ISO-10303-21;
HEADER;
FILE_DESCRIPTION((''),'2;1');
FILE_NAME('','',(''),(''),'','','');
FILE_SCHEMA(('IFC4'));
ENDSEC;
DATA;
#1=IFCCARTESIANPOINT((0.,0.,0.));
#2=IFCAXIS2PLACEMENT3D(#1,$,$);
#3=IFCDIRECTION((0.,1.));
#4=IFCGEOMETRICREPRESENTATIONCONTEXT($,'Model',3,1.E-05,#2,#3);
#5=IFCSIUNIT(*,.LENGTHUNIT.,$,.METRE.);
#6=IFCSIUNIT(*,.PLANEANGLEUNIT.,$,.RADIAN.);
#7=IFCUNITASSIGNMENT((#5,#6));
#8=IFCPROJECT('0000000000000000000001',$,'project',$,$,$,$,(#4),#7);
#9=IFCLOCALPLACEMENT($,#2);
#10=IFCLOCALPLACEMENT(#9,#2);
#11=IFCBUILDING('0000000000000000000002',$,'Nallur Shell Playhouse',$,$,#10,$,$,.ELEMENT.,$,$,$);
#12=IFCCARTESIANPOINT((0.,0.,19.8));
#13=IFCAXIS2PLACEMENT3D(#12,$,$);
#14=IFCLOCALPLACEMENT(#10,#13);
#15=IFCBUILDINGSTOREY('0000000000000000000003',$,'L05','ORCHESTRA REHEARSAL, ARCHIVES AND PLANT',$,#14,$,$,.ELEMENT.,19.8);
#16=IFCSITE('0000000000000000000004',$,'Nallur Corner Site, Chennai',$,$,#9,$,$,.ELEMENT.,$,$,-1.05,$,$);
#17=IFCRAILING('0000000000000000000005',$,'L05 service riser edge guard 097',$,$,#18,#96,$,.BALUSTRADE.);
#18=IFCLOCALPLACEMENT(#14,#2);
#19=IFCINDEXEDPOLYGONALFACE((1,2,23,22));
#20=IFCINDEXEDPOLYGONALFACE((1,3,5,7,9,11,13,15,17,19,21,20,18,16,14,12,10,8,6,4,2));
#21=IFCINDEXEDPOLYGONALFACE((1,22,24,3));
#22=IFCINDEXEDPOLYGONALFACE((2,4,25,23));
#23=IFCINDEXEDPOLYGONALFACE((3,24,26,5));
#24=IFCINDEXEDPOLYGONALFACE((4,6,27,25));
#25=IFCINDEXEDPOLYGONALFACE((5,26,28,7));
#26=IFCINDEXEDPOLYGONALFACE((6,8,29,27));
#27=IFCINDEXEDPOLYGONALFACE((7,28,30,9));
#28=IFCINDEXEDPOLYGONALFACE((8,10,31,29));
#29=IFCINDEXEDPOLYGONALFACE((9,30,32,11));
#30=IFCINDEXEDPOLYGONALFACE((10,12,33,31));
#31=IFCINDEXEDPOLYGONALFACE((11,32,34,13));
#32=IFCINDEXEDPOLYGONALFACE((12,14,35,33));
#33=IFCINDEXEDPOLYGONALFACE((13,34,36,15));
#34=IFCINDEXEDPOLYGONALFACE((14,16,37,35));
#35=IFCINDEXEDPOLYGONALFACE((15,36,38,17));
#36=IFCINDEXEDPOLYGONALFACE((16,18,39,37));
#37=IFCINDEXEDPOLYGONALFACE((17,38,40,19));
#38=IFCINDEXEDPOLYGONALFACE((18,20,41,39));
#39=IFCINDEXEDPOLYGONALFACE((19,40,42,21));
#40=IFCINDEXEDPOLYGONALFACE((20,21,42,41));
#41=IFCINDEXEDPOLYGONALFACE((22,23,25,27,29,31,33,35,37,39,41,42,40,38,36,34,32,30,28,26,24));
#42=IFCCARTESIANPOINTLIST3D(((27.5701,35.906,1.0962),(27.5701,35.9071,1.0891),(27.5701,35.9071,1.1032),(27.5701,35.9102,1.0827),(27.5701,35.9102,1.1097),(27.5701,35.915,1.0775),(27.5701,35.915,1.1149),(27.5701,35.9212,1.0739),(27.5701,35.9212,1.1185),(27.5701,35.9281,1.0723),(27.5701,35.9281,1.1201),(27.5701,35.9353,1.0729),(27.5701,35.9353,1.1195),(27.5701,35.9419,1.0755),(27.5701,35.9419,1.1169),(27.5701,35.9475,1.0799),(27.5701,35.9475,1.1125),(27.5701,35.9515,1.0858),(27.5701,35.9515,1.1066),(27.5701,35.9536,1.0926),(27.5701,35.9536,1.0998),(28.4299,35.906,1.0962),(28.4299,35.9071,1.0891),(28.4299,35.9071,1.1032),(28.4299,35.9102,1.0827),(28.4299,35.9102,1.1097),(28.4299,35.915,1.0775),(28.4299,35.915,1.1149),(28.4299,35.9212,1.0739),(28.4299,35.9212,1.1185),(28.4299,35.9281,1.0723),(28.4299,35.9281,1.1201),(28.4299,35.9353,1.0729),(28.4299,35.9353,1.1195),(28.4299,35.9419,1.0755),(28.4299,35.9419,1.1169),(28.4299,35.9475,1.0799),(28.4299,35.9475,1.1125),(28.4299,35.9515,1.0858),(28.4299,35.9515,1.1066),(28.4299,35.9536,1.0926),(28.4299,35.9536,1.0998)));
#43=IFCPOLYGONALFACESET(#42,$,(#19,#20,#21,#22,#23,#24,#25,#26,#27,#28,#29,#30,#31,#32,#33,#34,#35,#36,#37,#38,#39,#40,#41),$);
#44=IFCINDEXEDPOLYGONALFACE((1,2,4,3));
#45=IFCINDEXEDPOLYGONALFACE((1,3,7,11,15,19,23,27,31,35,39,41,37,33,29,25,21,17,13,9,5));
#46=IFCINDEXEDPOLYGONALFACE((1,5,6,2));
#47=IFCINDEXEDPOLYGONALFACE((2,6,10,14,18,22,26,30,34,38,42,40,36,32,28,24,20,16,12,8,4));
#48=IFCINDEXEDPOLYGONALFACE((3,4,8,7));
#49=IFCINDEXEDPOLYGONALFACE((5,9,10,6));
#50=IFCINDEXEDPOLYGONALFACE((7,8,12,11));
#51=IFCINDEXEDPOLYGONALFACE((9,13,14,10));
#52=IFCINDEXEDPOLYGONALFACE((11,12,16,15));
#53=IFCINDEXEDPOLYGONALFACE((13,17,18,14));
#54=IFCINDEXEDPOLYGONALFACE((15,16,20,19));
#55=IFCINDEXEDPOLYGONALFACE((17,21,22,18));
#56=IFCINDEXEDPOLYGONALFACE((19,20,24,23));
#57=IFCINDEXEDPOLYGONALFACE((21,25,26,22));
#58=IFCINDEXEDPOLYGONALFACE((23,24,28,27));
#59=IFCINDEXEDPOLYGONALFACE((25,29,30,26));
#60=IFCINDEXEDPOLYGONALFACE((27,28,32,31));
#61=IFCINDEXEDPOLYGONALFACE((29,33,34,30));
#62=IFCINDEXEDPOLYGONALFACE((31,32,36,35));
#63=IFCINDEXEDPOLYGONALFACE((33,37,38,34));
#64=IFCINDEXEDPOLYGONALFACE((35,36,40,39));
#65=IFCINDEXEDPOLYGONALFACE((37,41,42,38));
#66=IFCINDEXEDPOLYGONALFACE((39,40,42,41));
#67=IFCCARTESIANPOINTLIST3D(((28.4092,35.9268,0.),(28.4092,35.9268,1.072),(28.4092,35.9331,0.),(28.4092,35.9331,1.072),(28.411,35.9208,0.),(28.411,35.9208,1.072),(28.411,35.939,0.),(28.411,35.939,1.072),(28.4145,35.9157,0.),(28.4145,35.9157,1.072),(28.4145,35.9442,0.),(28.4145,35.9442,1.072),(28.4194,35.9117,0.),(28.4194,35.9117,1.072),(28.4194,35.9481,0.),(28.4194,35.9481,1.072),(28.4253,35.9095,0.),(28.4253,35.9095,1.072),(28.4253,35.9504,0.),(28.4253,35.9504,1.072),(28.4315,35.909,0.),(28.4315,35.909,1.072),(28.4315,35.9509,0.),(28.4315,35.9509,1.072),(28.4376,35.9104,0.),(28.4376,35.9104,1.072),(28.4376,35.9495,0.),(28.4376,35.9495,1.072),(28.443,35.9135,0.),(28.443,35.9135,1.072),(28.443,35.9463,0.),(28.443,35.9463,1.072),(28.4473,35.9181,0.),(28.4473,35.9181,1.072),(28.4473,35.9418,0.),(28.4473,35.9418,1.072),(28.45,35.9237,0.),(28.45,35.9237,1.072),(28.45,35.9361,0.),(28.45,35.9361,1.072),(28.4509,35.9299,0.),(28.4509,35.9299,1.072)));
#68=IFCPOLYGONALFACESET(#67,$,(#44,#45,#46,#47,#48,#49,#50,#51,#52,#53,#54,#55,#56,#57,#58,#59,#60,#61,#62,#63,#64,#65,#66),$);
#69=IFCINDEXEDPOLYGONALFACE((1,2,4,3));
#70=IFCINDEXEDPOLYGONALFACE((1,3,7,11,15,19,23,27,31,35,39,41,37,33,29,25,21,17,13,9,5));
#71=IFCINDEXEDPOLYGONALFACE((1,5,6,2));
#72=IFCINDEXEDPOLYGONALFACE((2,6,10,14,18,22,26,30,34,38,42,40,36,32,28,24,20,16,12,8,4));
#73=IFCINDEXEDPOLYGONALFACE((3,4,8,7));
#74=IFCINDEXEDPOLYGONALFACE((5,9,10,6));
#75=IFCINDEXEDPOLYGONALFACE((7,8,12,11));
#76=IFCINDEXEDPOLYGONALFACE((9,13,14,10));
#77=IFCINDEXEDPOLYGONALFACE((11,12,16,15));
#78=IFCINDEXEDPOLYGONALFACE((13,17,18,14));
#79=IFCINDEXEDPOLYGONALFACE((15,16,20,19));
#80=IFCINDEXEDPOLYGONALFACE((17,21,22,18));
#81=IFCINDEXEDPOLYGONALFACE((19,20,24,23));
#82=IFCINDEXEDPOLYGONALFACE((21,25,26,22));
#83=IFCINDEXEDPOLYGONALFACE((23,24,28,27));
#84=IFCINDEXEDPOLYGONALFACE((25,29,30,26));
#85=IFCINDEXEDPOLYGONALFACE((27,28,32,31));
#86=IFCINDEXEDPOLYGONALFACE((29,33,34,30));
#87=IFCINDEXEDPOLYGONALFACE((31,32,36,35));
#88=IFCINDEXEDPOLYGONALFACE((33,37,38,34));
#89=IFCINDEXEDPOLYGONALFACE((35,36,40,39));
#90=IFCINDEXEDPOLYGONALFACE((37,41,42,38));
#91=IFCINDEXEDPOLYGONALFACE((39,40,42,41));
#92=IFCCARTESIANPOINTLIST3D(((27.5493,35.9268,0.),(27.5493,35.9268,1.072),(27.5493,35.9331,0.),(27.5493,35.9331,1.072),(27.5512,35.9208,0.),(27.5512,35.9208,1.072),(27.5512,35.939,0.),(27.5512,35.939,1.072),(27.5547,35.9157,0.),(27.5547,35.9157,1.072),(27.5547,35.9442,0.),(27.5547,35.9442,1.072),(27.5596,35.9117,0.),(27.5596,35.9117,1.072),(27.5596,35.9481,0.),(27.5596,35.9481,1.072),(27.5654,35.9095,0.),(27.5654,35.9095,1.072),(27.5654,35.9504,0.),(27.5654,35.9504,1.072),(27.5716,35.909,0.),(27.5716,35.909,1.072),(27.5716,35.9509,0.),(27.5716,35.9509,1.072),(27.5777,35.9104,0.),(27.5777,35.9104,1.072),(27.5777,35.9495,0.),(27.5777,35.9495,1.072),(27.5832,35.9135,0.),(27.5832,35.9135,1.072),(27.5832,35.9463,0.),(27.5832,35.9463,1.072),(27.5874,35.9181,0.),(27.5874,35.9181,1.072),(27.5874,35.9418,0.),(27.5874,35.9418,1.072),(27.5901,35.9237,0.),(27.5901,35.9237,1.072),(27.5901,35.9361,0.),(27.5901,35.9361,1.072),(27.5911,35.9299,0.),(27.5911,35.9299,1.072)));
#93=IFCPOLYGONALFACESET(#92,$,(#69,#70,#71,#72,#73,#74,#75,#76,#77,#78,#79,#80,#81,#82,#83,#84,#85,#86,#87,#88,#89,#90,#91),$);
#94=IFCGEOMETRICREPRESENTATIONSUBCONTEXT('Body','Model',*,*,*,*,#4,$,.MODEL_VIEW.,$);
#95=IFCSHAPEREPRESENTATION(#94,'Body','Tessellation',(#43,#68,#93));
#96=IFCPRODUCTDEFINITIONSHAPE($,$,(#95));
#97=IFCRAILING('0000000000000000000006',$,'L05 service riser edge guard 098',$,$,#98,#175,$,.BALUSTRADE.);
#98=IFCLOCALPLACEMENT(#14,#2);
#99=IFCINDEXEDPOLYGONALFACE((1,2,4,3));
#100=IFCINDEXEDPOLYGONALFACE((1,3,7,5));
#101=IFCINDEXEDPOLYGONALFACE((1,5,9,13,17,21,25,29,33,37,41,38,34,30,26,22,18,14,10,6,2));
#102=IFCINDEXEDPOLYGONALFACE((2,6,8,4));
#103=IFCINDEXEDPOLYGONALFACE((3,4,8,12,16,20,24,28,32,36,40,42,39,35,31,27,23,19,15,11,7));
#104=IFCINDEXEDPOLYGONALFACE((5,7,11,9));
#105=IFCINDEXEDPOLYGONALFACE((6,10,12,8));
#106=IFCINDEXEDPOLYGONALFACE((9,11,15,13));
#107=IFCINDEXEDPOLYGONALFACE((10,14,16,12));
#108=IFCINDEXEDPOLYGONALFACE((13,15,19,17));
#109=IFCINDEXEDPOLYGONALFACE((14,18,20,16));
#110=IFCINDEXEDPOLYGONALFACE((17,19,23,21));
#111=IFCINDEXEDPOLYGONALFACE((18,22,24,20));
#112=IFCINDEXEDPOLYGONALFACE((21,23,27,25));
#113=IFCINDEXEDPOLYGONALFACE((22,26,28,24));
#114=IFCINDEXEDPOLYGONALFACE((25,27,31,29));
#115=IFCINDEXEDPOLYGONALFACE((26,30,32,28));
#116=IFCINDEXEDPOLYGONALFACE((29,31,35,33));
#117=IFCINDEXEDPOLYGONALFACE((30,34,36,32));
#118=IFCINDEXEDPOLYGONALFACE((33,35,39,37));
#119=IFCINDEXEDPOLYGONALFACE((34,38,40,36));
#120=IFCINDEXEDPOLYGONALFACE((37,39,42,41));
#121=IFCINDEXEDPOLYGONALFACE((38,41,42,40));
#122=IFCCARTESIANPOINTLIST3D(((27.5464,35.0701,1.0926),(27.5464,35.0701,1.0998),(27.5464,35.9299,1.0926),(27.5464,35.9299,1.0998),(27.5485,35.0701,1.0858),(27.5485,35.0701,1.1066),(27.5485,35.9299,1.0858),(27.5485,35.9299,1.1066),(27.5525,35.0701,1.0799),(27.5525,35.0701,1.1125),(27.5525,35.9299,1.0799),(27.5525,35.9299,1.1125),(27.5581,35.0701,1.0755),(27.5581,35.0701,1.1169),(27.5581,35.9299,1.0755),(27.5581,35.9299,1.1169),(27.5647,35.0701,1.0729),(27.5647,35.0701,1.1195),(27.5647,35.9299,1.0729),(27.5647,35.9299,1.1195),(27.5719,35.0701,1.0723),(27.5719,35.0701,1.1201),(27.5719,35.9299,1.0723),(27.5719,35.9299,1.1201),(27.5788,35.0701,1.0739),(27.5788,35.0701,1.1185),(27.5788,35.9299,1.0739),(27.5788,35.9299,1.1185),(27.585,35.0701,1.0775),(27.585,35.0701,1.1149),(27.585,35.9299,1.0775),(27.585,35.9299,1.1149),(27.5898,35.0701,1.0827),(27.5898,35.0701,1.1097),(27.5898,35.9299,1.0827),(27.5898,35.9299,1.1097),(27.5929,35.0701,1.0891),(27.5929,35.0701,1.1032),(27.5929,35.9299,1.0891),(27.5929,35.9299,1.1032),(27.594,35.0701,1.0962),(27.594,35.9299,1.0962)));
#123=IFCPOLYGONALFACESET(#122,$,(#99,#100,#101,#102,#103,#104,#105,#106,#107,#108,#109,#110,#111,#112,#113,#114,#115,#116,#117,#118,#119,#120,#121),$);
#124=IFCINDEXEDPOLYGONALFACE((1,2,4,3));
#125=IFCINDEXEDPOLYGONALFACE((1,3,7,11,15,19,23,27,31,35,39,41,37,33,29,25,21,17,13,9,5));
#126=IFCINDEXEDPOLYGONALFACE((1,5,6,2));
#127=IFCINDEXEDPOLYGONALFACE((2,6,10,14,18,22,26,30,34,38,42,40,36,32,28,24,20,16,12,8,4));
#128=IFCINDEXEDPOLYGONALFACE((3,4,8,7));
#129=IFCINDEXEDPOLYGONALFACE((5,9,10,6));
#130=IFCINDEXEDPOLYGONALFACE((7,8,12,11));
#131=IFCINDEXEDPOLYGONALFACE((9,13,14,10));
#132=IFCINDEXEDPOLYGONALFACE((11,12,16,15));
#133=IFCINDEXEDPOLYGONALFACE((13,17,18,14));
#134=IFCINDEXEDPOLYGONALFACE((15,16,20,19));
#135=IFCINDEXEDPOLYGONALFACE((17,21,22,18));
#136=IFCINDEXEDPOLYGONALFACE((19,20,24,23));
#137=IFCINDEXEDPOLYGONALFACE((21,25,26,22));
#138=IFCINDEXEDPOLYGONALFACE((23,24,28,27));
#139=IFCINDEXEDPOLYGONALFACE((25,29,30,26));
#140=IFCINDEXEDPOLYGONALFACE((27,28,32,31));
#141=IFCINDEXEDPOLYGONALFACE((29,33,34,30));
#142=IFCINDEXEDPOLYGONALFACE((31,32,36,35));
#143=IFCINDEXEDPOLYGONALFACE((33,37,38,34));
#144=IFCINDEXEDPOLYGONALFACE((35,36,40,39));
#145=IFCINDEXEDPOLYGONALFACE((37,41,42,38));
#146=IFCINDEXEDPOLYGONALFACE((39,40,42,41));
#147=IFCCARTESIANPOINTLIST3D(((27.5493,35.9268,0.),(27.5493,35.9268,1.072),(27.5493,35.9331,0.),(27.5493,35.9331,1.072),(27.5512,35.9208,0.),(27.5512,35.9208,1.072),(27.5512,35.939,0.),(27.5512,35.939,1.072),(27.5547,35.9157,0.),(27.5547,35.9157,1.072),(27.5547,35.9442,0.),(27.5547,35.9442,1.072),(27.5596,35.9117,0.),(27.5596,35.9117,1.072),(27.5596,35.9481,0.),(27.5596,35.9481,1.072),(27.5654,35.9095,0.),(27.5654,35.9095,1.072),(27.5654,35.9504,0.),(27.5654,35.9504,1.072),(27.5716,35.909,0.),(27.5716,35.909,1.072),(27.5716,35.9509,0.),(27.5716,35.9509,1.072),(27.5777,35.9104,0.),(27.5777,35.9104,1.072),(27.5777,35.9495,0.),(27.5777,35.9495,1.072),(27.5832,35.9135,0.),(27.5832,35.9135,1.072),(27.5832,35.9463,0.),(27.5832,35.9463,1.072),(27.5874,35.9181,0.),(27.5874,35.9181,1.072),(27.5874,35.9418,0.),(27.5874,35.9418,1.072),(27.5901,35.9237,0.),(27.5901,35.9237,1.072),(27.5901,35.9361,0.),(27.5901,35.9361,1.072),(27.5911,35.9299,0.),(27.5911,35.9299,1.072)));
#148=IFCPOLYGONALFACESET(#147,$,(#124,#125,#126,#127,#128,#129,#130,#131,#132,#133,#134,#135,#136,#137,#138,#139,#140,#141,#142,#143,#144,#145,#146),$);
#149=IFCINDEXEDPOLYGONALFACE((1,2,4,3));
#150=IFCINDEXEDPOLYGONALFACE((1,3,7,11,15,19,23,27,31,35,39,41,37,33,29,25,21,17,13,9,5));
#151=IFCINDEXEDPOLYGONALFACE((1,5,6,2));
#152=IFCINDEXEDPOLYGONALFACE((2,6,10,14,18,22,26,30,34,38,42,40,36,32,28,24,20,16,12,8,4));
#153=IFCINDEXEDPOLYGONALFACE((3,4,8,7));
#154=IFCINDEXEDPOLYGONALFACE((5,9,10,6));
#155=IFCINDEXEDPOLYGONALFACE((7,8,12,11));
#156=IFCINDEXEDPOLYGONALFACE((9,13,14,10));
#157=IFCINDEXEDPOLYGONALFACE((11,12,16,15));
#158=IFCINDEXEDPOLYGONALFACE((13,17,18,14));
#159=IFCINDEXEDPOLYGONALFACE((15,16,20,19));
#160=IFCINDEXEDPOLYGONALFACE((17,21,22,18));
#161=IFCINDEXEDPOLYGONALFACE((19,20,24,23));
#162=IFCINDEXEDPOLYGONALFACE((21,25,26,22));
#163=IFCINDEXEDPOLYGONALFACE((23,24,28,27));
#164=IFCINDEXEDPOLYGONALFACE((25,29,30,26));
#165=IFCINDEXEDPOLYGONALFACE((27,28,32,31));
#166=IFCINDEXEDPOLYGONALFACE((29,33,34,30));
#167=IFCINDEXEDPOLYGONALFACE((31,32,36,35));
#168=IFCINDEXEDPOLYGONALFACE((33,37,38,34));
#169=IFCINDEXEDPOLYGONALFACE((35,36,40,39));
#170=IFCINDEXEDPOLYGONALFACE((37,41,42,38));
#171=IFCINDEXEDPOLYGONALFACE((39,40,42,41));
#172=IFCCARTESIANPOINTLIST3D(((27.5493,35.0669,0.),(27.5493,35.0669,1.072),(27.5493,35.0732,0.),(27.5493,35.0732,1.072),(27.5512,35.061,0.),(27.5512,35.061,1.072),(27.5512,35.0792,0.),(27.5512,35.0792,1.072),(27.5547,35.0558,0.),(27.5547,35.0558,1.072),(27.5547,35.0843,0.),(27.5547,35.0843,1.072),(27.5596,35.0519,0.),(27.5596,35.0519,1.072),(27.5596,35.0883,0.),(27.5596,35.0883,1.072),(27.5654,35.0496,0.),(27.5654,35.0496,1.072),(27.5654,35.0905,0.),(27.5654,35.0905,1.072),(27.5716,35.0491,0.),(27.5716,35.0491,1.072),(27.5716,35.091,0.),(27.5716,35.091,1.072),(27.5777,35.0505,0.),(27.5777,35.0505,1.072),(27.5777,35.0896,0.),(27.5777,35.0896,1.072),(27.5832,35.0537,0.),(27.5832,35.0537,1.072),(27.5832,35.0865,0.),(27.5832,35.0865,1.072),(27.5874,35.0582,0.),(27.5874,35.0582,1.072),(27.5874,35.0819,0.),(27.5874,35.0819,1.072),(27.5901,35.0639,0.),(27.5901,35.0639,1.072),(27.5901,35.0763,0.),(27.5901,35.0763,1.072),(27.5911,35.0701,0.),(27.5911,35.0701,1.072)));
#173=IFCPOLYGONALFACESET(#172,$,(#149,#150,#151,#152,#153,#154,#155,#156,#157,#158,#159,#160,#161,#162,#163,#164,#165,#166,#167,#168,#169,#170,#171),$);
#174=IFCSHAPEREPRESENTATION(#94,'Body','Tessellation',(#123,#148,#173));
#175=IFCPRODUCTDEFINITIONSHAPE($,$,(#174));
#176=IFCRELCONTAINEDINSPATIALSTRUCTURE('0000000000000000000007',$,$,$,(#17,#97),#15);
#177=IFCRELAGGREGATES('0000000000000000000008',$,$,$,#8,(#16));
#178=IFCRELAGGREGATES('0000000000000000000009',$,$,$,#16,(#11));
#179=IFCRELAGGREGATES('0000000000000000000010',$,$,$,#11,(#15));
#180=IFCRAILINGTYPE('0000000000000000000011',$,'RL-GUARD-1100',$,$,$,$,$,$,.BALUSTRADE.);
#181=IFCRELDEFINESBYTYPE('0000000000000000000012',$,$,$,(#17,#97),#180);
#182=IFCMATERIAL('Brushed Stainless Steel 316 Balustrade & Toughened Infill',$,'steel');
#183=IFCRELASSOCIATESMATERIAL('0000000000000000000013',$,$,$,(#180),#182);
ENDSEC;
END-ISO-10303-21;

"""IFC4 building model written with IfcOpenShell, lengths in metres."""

from ifc_helpers import new_model, si_unit, direction, frame, origin, origin_2d, place, context, subcontext, project, spatial, circle, extrude, material, type_object, element, save


model = new_model("IFC4")

# Units and contexts
model_context = context("Model", 3, precision=1e-05, world=origin(), true_north=direction((0.0, 1.0)))
body_context = subcontext(model_context, "Body", "Model", "MODEL_VIEW")
ifc_project = project(units=[si_unit("LENGTHUNIT", "METRE"), si_unit("PLANEANGLEUNIT", "RADIAN")], contexts=[model_context])

# Site, building, storey
site_placement = place(None, origin())
site = spatial("IfcSite", under=ifc_project, at=site_placement, Name="Nallur Corner Site, Chennai", CompositionType="ELEMENT", RefElevation=-1.05)
building_placement = place(site_placement, origin())
building = spatial("IfcBuilding", under=site, at=building_placement, Name="Nallur Shell Playhouse", CompositionType="ELEMENT")
storey_placement = place(building_placement, frame((0.0, 0.0, 19.8)))
storey = spatial("IfcBuildingStorey", under=building, at=storey_placement, Name="L05", Description="ORCHESTRA REHEARSAL, ARCHIVES AND PLANT", CompositionType="ELEMENT", Elevation=19.8)

# Railings
ifc_material_1 = material(Name="Brushed Stainless Steel 316 Balustrade & Toughened Infill", Category="steel")
railing_type = type_object("IfcRailingType", Name="RL-GUARD-1100", PredefinedType="BALUSTRADE", material=ifc_material_1)
railing_1_placement = place(storey_placement, frame((28.4299, 35.9299, 0.0)))
element("IfcRailing", 1, at=railing_1_placement, inside=storey, type_object=railing_type, Name="L05 service riser edge guard 097", PredefinedType="BALUSTRADE", context=body_context, shape_type="SweptSolid", body=[
    extrude(circle(Radius=0.0239, at=origin_2d()), frame((0.0, 0.0, 1.0962), z_axis=(-1.0, 0.0, 0.0), x_axis=(0.0, -1.0, 0.0)), (0.0, 0.0, 1.0), 0.8599),
    extrude(circle(Radius=0.021, at=origin_2d()), origin(), (0.0, 0.0, 1.0), 1.072),
    extrude(circle(Radius=0.021, at=origin_2d()), frame((-0.8599, 0.0, 0.0)), (0.0, 0.0, 1.0), 1.072),
])
railing_2_placement = place(storey_placement, frame((27.5701, 35.9299, 0.0)))
element("IfcRailing", 2, at=railing_2_placement, inside=storey, type_object=railing_type, Name="L05 service riser edge guard 098", PredefinedType="BALUSTRADE", context=body_context, shape_type="SweptSolid", body=[
    extrude(circle(Radius=0.0239, at=origin_2d()), frame((0.0, 0.0, 1.0962), z_axis=(0.0, -1.0, 0.0), x_axis=(1.0, 0.0, 0.0)), (0.0, 0.0, 1.0), 0.8599),
    extrude(circle(Radius=0.021, at=origin_2d()), origin(), (0.0, 0.0, 1.0), 1.072),
    extrude(circle(Radius=0.021, at=origin_2d()), frame((0.0, -0.8599, 0.0)), (0.0, 0.0, 1.0), 1.072),
])

save(model, "model.ifc")
